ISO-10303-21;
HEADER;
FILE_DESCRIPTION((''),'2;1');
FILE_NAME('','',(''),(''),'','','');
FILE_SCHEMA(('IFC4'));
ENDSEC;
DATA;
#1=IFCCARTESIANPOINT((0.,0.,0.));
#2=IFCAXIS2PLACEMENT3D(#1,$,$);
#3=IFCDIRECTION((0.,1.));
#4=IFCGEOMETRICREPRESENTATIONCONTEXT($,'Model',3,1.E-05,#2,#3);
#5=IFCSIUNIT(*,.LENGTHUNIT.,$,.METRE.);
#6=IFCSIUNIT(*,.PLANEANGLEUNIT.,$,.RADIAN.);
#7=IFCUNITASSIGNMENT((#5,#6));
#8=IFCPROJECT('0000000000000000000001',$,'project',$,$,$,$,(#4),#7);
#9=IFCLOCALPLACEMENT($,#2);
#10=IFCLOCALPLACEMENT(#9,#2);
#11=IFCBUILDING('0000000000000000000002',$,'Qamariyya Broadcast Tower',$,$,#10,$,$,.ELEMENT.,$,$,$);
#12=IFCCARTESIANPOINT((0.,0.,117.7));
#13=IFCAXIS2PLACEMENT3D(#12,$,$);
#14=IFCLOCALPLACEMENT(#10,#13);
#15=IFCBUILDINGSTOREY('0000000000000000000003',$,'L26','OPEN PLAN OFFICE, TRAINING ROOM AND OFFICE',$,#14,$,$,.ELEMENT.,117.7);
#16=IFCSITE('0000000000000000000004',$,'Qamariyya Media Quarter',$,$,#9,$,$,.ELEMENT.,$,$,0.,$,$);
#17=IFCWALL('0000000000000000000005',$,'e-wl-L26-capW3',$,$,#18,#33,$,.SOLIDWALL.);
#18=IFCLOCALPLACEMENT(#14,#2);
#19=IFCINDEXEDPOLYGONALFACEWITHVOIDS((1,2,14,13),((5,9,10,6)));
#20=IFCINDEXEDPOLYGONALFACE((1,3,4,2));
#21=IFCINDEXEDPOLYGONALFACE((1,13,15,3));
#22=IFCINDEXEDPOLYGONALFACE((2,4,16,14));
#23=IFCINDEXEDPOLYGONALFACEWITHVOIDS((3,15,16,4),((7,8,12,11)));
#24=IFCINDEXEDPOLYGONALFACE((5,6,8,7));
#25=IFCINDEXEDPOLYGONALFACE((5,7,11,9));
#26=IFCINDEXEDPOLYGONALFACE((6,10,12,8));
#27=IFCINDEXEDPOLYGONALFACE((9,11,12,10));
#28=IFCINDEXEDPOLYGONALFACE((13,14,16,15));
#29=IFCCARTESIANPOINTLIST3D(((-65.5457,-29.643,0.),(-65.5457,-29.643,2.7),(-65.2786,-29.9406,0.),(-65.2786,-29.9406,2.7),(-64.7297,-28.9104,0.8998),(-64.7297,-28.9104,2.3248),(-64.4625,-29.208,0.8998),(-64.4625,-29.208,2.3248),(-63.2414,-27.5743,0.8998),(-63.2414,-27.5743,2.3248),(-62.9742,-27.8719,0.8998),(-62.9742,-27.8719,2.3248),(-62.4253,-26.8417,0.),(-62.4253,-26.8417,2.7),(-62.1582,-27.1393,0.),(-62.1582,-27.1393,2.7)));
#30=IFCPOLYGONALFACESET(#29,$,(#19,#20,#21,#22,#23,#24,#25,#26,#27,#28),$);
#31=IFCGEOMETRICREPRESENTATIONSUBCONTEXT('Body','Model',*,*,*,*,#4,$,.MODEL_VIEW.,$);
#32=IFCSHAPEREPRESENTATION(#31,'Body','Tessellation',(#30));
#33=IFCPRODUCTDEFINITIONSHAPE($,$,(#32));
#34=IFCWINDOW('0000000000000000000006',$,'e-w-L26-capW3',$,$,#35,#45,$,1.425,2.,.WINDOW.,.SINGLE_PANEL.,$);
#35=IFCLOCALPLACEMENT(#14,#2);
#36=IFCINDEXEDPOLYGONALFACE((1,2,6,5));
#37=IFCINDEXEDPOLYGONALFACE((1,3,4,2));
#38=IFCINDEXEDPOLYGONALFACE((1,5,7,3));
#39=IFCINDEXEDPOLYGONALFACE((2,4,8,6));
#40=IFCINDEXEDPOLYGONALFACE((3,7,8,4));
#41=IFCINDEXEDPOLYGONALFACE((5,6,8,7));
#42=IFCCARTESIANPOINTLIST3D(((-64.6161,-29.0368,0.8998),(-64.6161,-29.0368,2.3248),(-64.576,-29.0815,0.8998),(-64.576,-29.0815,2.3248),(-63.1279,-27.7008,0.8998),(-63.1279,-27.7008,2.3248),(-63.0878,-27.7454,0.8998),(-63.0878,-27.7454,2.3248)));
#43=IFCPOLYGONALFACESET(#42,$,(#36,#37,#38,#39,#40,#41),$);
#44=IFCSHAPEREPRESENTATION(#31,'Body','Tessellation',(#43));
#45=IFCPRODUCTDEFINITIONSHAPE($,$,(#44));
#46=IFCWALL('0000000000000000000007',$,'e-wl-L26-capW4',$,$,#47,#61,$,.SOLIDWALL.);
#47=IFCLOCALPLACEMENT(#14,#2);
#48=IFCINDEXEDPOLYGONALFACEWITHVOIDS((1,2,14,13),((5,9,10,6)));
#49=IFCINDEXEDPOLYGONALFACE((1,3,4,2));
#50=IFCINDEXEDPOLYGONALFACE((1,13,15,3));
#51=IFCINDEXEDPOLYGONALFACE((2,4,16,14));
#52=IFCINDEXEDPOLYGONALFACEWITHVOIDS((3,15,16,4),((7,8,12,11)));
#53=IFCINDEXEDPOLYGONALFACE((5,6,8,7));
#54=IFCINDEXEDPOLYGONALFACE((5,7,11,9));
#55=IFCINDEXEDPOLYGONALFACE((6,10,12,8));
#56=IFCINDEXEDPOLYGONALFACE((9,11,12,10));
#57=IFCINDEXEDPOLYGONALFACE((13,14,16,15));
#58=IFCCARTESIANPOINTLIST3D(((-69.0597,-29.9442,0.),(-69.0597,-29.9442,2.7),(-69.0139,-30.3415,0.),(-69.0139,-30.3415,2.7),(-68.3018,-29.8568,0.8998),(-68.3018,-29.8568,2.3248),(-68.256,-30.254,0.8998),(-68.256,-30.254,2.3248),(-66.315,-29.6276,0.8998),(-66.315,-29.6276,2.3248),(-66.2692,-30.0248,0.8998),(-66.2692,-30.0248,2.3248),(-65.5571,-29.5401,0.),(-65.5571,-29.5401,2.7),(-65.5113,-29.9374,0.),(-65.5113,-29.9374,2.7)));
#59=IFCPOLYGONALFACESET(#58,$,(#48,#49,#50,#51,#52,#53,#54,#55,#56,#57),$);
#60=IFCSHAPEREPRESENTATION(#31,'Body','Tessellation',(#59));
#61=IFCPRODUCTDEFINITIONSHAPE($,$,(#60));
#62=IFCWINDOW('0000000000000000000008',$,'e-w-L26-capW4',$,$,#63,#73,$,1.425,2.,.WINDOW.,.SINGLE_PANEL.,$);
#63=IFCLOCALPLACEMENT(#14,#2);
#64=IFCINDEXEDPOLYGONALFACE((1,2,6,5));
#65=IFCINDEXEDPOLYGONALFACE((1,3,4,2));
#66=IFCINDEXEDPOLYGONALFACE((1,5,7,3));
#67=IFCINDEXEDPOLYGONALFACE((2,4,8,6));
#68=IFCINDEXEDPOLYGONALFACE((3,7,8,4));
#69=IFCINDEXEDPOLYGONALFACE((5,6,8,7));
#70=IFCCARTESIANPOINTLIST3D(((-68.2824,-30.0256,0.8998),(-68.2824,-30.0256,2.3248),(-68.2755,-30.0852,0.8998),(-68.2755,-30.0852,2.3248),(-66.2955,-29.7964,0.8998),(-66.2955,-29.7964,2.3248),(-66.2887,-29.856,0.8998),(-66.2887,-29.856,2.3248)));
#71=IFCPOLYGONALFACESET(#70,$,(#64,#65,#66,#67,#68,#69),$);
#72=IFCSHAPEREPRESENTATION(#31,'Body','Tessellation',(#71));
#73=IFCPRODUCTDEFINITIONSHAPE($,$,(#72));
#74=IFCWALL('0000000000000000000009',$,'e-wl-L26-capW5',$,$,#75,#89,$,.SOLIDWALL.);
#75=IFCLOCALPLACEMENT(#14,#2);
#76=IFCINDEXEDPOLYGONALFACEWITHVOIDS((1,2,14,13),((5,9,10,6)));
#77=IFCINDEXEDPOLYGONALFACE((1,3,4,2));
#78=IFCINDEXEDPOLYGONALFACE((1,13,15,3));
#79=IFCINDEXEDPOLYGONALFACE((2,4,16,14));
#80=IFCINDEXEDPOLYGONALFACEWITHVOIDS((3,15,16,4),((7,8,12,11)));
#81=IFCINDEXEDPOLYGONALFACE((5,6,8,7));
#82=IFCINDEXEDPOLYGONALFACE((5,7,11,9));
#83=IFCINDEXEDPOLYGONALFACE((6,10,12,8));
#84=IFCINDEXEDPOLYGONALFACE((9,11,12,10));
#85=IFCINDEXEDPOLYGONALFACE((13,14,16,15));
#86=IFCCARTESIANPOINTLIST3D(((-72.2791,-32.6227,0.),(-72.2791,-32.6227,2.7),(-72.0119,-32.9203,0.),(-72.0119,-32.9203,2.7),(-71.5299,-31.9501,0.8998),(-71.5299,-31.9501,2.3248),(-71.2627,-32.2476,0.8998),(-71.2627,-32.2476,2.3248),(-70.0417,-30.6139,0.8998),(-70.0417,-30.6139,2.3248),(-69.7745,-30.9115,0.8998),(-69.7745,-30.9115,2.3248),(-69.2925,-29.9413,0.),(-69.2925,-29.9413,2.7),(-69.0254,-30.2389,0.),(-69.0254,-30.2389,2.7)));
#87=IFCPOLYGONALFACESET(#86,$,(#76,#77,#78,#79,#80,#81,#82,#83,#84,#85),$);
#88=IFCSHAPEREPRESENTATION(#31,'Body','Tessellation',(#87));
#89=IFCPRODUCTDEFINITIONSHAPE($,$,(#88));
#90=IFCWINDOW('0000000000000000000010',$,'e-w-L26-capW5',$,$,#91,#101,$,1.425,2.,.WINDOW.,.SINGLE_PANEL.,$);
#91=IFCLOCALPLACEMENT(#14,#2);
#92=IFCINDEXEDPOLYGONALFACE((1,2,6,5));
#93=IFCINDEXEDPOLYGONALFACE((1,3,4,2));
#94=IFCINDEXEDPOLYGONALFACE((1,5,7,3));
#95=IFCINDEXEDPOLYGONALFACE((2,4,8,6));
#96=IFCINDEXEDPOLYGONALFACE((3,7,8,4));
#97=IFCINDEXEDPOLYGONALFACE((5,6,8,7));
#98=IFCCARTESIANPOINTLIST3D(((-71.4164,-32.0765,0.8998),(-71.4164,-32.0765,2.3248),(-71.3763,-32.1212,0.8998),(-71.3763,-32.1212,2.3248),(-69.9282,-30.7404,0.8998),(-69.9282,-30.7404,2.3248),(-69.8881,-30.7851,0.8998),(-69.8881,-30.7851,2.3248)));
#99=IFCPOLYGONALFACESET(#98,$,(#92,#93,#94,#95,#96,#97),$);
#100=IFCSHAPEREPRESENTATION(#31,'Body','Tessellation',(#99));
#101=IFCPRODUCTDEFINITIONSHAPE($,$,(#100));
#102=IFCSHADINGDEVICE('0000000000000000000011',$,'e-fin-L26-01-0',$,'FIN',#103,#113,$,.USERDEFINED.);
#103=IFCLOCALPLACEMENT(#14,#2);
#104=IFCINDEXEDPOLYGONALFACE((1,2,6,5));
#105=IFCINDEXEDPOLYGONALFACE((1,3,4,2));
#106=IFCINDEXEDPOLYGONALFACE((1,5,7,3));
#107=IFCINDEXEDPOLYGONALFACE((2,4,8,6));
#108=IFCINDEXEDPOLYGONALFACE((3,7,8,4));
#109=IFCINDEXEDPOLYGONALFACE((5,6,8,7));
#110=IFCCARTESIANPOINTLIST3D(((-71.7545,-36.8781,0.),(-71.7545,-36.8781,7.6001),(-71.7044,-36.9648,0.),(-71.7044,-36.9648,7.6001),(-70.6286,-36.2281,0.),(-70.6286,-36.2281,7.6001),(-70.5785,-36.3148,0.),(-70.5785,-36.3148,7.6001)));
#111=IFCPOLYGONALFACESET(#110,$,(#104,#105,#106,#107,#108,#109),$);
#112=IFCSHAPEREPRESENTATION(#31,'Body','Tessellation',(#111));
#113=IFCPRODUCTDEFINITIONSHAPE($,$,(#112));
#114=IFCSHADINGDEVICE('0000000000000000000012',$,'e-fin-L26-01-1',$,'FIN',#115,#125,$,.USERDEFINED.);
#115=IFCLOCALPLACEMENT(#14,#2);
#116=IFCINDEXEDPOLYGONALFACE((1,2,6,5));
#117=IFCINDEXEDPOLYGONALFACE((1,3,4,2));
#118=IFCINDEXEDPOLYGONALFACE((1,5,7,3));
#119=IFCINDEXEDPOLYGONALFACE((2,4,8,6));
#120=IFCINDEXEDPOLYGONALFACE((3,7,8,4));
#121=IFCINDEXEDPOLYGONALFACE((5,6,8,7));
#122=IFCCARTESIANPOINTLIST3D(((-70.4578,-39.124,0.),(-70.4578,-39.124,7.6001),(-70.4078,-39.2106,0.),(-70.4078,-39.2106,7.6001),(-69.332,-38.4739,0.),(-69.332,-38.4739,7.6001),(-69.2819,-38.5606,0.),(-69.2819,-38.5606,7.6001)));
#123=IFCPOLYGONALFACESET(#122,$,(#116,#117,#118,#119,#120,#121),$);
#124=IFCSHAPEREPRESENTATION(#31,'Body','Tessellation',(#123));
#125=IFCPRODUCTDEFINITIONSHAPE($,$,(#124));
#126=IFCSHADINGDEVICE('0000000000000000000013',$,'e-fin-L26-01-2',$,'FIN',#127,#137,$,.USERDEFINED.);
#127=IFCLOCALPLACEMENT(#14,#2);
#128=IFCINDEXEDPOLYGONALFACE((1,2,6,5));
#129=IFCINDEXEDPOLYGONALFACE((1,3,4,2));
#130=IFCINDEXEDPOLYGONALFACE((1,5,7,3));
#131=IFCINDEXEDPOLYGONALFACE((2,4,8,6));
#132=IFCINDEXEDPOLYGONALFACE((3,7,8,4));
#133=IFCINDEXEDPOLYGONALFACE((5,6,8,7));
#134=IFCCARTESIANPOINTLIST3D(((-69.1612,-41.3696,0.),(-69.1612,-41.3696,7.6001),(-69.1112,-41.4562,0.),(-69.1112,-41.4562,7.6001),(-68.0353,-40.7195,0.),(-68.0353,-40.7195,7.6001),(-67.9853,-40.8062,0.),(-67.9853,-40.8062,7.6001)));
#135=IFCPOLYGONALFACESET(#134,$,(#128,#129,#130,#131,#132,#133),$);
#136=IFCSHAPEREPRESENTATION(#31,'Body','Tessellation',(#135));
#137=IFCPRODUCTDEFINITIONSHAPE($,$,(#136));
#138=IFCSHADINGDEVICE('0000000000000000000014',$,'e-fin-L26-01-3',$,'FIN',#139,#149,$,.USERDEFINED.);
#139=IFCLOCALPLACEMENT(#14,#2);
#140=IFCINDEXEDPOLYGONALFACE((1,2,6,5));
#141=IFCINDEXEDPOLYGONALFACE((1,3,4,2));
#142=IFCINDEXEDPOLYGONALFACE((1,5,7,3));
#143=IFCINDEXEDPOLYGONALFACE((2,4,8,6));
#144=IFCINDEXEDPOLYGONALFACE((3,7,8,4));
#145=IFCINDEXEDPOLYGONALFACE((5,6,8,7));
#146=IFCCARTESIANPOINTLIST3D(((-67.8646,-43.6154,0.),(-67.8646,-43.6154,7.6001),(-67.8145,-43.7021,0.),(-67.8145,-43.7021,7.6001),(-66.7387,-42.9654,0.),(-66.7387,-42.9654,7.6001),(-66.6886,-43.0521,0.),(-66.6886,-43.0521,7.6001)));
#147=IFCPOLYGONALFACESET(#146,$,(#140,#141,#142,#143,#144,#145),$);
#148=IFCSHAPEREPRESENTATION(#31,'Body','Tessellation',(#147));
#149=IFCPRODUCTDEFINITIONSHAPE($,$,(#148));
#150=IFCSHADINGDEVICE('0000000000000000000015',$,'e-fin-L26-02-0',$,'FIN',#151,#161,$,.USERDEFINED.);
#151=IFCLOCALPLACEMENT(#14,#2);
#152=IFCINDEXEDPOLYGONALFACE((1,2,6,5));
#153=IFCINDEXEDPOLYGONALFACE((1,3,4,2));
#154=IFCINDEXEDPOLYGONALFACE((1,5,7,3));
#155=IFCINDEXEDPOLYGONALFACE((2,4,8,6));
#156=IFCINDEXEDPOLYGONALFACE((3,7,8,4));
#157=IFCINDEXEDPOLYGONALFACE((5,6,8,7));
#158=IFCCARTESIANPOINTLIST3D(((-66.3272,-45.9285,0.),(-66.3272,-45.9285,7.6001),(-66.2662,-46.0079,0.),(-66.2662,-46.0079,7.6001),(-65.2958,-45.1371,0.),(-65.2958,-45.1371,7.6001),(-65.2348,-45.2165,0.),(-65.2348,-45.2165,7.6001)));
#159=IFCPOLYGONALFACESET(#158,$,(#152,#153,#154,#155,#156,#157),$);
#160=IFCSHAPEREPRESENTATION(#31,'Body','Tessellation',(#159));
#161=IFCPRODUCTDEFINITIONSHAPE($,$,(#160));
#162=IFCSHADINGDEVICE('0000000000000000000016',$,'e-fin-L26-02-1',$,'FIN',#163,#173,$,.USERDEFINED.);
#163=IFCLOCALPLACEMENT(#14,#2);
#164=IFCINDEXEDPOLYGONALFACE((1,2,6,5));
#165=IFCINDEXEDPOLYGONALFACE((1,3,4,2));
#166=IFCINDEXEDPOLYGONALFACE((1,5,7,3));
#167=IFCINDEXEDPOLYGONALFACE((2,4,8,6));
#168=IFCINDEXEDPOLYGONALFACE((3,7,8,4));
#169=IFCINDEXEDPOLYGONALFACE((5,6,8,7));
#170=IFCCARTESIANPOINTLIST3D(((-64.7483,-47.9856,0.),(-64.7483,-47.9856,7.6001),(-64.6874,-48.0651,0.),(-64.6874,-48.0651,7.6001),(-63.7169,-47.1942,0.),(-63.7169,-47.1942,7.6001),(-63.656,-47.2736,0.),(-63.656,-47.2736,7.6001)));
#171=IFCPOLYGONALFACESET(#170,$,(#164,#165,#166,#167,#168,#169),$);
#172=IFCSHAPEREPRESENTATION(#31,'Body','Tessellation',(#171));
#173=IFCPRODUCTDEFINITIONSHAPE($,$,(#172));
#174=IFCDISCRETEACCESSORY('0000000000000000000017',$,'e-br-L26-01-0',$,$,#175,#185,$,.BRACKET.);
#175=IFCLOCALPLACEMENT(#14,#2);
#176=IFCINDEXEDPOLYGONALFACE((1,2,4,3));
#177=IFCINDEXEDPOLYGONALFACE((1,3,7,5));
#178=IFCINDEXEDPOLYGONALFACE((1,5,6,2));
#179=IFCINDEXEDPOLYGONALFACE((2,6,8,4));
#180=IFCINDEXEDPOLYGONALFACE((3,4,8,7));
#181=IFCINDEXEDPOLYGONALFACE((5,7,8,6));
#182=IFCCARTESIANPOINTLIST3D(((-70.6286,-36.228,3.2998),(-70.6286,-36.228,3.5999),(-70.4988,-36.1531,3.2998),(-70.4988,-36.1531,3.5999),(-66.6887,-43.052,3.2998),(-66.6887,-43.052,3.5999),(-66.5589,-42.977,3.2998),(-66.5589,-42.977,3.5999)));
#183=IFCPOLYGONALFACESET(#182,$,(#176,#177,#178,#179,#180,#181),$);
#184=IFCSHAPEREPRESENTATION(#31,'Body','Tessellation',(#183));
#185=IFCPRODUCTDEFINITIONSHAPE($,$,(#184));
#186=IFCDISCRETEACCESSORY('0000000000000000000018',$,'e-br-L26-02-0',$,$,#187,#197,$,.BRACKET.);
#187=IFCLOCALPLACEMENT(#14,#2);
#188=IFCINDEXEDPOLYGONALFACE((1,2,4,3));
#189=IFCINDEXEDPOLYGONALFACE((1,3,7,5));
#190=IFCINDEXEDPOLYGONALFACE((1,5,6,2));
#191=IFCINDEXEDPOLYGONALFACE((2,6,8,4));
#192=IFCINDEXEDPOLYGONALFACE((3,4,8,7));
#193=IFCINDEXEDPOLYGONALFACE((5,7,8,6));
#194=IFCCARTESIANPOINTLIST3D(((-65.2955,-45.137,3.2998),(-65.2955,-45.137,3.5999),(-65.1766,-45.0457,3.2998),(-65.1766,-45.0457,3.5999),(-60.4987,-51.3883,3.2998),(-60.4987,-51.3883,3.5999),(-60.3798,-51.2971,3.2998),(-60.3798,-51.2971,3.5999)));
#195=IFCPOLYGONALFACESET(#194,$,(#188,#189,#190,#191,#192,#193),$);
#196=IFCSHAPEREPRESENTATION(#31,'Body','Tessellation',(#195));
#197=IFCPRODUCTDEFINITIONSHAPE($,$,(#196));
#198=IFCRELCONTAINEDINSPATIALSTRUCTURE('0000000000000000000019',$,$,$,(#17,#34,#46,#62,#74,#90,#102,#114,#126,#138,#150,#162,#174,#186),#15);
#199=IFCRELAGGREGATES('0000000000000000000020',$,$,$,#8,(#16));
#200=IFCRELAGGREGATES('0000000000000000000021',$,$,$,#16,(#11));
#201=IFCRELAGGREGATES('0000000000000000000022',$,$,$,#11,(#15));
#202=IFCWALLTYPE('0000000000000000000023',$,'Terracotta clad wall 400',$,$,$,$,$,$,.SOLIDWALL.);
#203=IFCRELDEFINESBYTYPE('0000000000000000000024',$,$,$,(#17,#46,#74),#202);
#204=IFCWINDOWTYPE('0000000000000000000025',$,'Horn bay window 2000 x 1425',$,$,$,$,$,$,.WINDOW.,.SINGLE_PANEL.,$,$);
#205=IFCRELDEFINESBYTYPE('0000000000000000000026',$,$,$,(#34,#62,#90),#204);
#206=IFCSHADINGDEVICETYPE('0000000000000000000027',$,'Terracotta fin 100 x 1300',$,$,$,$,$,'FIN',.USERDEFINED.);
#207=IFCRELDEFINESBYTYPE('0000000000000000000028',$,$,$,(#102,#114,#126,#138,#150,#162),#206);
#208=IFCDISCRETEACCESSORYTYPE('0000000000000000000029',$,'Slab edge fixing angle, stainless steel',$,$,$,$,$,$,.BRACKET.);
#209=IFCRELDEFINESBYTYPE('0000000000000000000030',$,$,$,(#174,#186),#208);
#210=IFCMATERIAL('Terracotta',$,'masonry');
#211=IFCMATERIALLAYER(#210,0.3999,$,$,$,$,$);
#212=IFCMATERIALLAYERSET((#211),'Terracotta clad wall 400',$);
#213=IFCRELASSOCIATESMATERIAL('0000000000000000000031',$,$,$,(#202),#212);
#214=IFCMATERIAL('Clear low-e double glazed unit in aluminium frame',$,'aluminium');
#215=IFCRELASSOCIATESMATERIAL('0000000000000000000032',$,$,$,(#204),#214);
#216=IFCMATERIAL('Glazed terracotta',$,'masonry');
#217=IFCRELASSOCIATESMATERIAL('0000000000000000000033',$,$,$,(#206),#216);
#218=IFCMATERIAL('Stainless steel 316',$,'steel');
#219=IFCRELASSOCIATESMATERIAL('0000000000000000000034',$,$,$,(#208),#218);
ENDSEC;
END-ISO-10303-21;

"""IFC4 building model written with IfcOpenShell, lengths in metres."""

from ifc_helpers import new_model, si_unit, direction, frame, frame_2d, origin, origin_2d, place, context, subcontext, project, spatial, rectangle, extrude, material, layer, layer_set, material_profile, profile_set, type_object, element, fill, save


model = new_model("IFC4")

# Units and contexts
model_context = context("Model", 3, precision=1e-05, world=origin(), true_north=direction((0.0, 1.0)))
body_context = subcontext(model_context, "Body", "Model", "MODEL_VIEW")
ifc_project = project(units=[si_unit("LENGTHUNIT", "METRE"), si_unit("PLANEANGLEUNIT", "RADIAN")], contexts=[model_context])

# Site, building, storey
site_placement = place(None, origin())
site = spatial("IfcSite", under=ifc_project, at=site_placement, Name="Qamariyya Media Quarter", CompositionType="ELEMENT", RefElevation=0.0)
building_placement = place(site_placement, origin())
building = spatial("IfcBuilding", under=site, at=building_placement, Name="Qamariyya Broadcast Tower", CompositionType="ELEMENT")
storey_placement = place(building_placement, frame((0.0, 0.0, 117.7)))
storey = spatial("IfcBuildingStorey", under=building, at=storey_placement, Name="L26", Description="OPEN PLAN OFFICE, TRAINING ROOM AND OFFICE", CompositionType="ELEMENT", Elevation=117.7)

# Walls, openings, windows
ifc_material_1 = material(Name="Terracotta", Category="masonry")
ifc_layer_1 = layer(ifc_material_1, 0.3999)
ifc_layer_set_1 = layer_set([ifc_layer_1], Name="Terracotta clad wall 400")
wall_type_1 = type_object("IfcWallType", Name="Terracotta clad wall 400", PredefinedType="SOLIDWALL", material=ifc_layer_set_1)
ifc_material_2 = material(Name="Clear low-e double glazed unit in aluminium frame", Category="aluminium")
window_type = type_object("IfcWindowType", Name="Horn bay window 2000 x 1425", PartitioningType="SINGLE_PANEL", PredefinedType="WINDOW", material=ifc_material_2)
wall_1_placement = place(storey_placement, frame((-62.2917, -26.9905, 0.0), z_axis=(0.0, 0.0, 1.0), x_axis=(-0.74413, -0.668035, 0.0)))
wall_1 = element("IfcWall", 1, at=wall_1_placement, inside=storey, type_object=wall_type_1, Name="e-wl-L26-capW3", PredefinedType="SOLIDWALL", context=body_context, shape_type="SweptSolid", body=[
    extrude(rectangle(XDim=4.1934, YDim=0.3999, at=frame_2d((2.0967, 0.0))), origin(), (0.0, 0.0, 1.0), 2.7),
])
opening_1_placement = place(wall_1_placement, frame((1.0967, 0.0, 0.8999)))
opening_1 = element("IfcOpeningElement", 2, at=opening_1_placement, cuts=wall_1, PredefinedType="OPENING", context=body_context, shape_type="SweptSolid", body=[
    extrude(rectangle(XDim=2.0, YDim=1.425, at=frame_2d((1.0, 0.7124))), frame((0.0, 0.21, 0.0), z_axis=(0.0, -1.0, 0.0), x_axis=(1.0, 0.0, 0.0)), (0.0, 0.0, 1.0), 0.4199),
])
window_1_placement = place(opening_1_placement, origin())
window_1 = element("IfcWindow", 3, at=window_1_placement, inside=storey, type_object=window_type, Name="e-w-L26-capW3", OverallHeight=1.425, OverallWidth=2.0, PartitioningType="SINGLE_PANEL", PredefinedType="WINDOW", context=body_context, shape_type="SweptSolid", body=[
    extrude(rectangle(XDim=2.0, YDim=1.425, at=frame_2d((1.0, 0.7124))), frame((0.0, 0.03, 0.0), z_axis=(0.0, -1.0, 0.0), x_axis=(1.0, 0.0, 0.0)), (0.0, 0.0, 1.0), 0.0601),
])
fill(opening_1, window_1)
wall_2_placement = place(storey_placement, frame((-65.5342, -29.7388, 0.0), z_axis=(0.0, 0.0, 1.0), x_axis=(-0.993412, -0.114595, 0.0)))
wall_2 = element("IfcWall", 4, at=wall_2_placement, inside=storey, type_object=wall_type_1, Name="e-wl-L26-capW4", PredefinedType="SOLIDWALL", context=body_context, shape_type="SweptSolid", body=[
    extrude(rectangle(XDim=3.5259, YDim=0.3999, at=frame_2d((1.7629, 0.0))), origin(), (0.0, 0.0, 1.0), 2.7),
])
opening_2_placement = place(wall_2_placement, frame((0.7629, 0.0, 0.8999)))
opening_2 = element("IfcOpeningElement", 5, at=opening_2_placement, cuts=wall_2, PredefinedType="OPENING", context=body_context, shape_type="SweptSolid", body=[
    extrude(rectangle(XDim=2.0, YDim=1.425, at=frame_2d((1.0, 0.7124))), frame((0.0, 0.21, 0.0), z_axis=(0.0, -1.0, 0.0), x_axis=(1.0, 0.0, 0.0)), (0.0, 0.0, 1.0), 0.4199),
])
window_2_placement = place(opening_2_placement, origin())
window_2 = element("IfcWindow", 6, at=window_2_placement, inside=storey, type_object=window_type, Name="e-w-L26-capW4", OverallHeight=1.425, OverallWidth=2.0, PartitioningType="SINGLE_PANEL", PredefinedType="WINDOW", context=body_context, shape_type="SweptSolid", body=[
    extrude(rectangle(XDim=2.0, YDim=1.425, at=frame_2d((1.0, 0.7124))), frame((0.0, 0.03, 0.0), z_axis=(0.0, -1.0, 0.0), x_axis=(1.0, 0.0, 0.0)), (0.0, 0.0, 1.0), 0.0601),
])
fill(opening_2, window_2)
wall_3_placement = place(storey_placement, frame((-69.1589, -30.0901, 0.0), z_axis=(0.0, 0.0, 1.0), x_axis=(-0.744101, -0.668067, 0.0)))
wall_3 = element("IfcWall", 7, at=wall_3_placement, inside=storey, type_object=wall_type_1, Name="e-wl-L26-capW5", PredefinedType="SOLIDWALL", context=body_context, shape_type="SweptSolid", body=[
    extrude(rectangle(XDim=4.0137, YDim=0.3999, at=frame_2d((2.0068, 0.0))), origin(), (0.0, 0.0, 1.0), 2.7),
])
opening_3_placement = place(wall_3_placement, frame((1.0068, 0.0, 0.8999)))
opening_3 = element("IfcOpeningElement", 8, at=opening_3_placement, cuts=wall_3, PredefinedType="OPENING", context=body_context, shape_type="SweptSolid", body=[
    extrude(rectangle(XDim=2.0, YDim=1.425, at=frame_2d((1.0, 0.7124))), frame((0.0, 0.21, 0.0), z_axis=(0.0, -1.0, 0.0), x_axis=(1.0, 0.0, 0.0)), (0.0, 0.0, 1.0), 0.4199),
])
window_3_placement = place(opening_3_placement, origin())
window_3 = element("IfcWindow", 9, at=window_3_placement, inside=storey, type_object=window_type, Name="e-w-L26-capW5", OverallHeight=1.425, OverallWidth=2.0, PartitioningType="SINGLE_PANEL", PredefinedType="WINDOW", context=body_context, shape_type="SweptSolid", body=[
    extrude(rectangle(XDim=2.0, YDim=1.425, at=frame_2d((1.0, 0.7124))), frame((0.0, 0.03, 0.0), z_axis=(0.0, -1.0, 0.0), x_axis=(1.0, 0.0, 0.0)), (0.0, 0.0, 1.0), 0.0601),
])
fill(opening_3, window_3)

# Shading devices
ifc_material_3 = material(Name="Glazed terracotta", Category="masonry")
ifc_material_profile_1 = material_profile(ifc_material_3, rectangle(XDim=1.3, YDim=0.1001, at=origin_2d()))
ifc_profile_set_1 = profile_set([ifc_material_profile_1], Name="Glazed terracotta")
shading_device_type_1 = type_object("IfcShadingDeviceType", Name="Terracotta fin 100 x 1300", ElementType="FIN", PredefinedType="USERDEFINED", material=ifc_profile_set_1)
for number, where, z_axis, x_axis, name in (
    (10, (-71.1665, -36.5964, 0.0), (0.0, 0.0, 1.0), (-0.866025, -0.5, 0.0), "e-fin-L26-01-0"),
    (11, (-69.8699, -38.8423, 0.0), (0.0, 0.0, 1.0), (-0.866025, -0.5, 0.0), "e-fin-L26-01-1"),
    (12, (-68.5732, -41.0879, 0.0), (0.0, 0.0, 1.0), (-0.866025, -0.5, 0.0), "e-fin-L26-01-2"),
    (13, (-67.2766, -43.3337, 0.0), (0.0, 0.0, 1.0), (-0.866025, -0.5, 0.0), "e-fin-L26-01-3"),
    (14, (-65.781, -45.5725, 0.0), (0.0, 0.0, 1.0), (-0.793353, -0.608761, 0.0), "e-fin-L26-02-0"),
    (15, (-64.2021, -47.6296, 0.0), (0.0, 0.0, 1.0), (-0.793353, -0.608761, 0.0), "e-fin-L26-02-1"),
):
    element("IfcShadingDevice", number, at=place(storey_placement, frame(where, z_axis=z_axis, x_axis=x_axis)), inside=storey, type_object=shading_device_type_1, Name=name, ObjectType="FIN", PredefinedType="USERDEFINED", context=body_context, shape_type="SweptSolid", body=[
        extrude(rectangle(XDim=1.3, YDim=0.1001, at=origin_2d()), origin(), (0.0, 0.0, 1.0), 7.6001),
    ])

# Discrete accessories
ifc_material_4 = material(Name="Stainless steel 316", Category="steel")
discrete_accessory_type = type_object("IfcDiscreteAccessoryType", Name="Slab edge fixing angle, stainless steel", PredefinedType="BRACKET", material=ifc_material_4)
for number, where, z_axis, x_axis, name in (
    (16, (-68.5938, -39.6025, 3.2998), (0.0, 0.0, 1.0), (0.5, -0.866025, 0.0), "e-br-L26-01-0"),
    (17, (-62.8376, -48.217, 3.2998), (0.0, 0.0, 1.0), (0.608761, -0.793353, 0.0), "e-br-L26-02-0"),
):
    element("IfcDiscreteAccessory", number, at=place(storey_placement, frame(where, z_axis=z_axis, x_axis=x_axis)), inside=storey, type_object=discrete_accessory_type, Name=name, PredefinedType="BRACKET", context=body_context, shape_type="SweptSolid", body=[
        extrude(rectangle(XDim=7.8796, YDim=0.1499, at=origin_2d()), origin(), (0.0, 0.0, 1.0), 0.3),
    ])

save(model, "model.ifc")
